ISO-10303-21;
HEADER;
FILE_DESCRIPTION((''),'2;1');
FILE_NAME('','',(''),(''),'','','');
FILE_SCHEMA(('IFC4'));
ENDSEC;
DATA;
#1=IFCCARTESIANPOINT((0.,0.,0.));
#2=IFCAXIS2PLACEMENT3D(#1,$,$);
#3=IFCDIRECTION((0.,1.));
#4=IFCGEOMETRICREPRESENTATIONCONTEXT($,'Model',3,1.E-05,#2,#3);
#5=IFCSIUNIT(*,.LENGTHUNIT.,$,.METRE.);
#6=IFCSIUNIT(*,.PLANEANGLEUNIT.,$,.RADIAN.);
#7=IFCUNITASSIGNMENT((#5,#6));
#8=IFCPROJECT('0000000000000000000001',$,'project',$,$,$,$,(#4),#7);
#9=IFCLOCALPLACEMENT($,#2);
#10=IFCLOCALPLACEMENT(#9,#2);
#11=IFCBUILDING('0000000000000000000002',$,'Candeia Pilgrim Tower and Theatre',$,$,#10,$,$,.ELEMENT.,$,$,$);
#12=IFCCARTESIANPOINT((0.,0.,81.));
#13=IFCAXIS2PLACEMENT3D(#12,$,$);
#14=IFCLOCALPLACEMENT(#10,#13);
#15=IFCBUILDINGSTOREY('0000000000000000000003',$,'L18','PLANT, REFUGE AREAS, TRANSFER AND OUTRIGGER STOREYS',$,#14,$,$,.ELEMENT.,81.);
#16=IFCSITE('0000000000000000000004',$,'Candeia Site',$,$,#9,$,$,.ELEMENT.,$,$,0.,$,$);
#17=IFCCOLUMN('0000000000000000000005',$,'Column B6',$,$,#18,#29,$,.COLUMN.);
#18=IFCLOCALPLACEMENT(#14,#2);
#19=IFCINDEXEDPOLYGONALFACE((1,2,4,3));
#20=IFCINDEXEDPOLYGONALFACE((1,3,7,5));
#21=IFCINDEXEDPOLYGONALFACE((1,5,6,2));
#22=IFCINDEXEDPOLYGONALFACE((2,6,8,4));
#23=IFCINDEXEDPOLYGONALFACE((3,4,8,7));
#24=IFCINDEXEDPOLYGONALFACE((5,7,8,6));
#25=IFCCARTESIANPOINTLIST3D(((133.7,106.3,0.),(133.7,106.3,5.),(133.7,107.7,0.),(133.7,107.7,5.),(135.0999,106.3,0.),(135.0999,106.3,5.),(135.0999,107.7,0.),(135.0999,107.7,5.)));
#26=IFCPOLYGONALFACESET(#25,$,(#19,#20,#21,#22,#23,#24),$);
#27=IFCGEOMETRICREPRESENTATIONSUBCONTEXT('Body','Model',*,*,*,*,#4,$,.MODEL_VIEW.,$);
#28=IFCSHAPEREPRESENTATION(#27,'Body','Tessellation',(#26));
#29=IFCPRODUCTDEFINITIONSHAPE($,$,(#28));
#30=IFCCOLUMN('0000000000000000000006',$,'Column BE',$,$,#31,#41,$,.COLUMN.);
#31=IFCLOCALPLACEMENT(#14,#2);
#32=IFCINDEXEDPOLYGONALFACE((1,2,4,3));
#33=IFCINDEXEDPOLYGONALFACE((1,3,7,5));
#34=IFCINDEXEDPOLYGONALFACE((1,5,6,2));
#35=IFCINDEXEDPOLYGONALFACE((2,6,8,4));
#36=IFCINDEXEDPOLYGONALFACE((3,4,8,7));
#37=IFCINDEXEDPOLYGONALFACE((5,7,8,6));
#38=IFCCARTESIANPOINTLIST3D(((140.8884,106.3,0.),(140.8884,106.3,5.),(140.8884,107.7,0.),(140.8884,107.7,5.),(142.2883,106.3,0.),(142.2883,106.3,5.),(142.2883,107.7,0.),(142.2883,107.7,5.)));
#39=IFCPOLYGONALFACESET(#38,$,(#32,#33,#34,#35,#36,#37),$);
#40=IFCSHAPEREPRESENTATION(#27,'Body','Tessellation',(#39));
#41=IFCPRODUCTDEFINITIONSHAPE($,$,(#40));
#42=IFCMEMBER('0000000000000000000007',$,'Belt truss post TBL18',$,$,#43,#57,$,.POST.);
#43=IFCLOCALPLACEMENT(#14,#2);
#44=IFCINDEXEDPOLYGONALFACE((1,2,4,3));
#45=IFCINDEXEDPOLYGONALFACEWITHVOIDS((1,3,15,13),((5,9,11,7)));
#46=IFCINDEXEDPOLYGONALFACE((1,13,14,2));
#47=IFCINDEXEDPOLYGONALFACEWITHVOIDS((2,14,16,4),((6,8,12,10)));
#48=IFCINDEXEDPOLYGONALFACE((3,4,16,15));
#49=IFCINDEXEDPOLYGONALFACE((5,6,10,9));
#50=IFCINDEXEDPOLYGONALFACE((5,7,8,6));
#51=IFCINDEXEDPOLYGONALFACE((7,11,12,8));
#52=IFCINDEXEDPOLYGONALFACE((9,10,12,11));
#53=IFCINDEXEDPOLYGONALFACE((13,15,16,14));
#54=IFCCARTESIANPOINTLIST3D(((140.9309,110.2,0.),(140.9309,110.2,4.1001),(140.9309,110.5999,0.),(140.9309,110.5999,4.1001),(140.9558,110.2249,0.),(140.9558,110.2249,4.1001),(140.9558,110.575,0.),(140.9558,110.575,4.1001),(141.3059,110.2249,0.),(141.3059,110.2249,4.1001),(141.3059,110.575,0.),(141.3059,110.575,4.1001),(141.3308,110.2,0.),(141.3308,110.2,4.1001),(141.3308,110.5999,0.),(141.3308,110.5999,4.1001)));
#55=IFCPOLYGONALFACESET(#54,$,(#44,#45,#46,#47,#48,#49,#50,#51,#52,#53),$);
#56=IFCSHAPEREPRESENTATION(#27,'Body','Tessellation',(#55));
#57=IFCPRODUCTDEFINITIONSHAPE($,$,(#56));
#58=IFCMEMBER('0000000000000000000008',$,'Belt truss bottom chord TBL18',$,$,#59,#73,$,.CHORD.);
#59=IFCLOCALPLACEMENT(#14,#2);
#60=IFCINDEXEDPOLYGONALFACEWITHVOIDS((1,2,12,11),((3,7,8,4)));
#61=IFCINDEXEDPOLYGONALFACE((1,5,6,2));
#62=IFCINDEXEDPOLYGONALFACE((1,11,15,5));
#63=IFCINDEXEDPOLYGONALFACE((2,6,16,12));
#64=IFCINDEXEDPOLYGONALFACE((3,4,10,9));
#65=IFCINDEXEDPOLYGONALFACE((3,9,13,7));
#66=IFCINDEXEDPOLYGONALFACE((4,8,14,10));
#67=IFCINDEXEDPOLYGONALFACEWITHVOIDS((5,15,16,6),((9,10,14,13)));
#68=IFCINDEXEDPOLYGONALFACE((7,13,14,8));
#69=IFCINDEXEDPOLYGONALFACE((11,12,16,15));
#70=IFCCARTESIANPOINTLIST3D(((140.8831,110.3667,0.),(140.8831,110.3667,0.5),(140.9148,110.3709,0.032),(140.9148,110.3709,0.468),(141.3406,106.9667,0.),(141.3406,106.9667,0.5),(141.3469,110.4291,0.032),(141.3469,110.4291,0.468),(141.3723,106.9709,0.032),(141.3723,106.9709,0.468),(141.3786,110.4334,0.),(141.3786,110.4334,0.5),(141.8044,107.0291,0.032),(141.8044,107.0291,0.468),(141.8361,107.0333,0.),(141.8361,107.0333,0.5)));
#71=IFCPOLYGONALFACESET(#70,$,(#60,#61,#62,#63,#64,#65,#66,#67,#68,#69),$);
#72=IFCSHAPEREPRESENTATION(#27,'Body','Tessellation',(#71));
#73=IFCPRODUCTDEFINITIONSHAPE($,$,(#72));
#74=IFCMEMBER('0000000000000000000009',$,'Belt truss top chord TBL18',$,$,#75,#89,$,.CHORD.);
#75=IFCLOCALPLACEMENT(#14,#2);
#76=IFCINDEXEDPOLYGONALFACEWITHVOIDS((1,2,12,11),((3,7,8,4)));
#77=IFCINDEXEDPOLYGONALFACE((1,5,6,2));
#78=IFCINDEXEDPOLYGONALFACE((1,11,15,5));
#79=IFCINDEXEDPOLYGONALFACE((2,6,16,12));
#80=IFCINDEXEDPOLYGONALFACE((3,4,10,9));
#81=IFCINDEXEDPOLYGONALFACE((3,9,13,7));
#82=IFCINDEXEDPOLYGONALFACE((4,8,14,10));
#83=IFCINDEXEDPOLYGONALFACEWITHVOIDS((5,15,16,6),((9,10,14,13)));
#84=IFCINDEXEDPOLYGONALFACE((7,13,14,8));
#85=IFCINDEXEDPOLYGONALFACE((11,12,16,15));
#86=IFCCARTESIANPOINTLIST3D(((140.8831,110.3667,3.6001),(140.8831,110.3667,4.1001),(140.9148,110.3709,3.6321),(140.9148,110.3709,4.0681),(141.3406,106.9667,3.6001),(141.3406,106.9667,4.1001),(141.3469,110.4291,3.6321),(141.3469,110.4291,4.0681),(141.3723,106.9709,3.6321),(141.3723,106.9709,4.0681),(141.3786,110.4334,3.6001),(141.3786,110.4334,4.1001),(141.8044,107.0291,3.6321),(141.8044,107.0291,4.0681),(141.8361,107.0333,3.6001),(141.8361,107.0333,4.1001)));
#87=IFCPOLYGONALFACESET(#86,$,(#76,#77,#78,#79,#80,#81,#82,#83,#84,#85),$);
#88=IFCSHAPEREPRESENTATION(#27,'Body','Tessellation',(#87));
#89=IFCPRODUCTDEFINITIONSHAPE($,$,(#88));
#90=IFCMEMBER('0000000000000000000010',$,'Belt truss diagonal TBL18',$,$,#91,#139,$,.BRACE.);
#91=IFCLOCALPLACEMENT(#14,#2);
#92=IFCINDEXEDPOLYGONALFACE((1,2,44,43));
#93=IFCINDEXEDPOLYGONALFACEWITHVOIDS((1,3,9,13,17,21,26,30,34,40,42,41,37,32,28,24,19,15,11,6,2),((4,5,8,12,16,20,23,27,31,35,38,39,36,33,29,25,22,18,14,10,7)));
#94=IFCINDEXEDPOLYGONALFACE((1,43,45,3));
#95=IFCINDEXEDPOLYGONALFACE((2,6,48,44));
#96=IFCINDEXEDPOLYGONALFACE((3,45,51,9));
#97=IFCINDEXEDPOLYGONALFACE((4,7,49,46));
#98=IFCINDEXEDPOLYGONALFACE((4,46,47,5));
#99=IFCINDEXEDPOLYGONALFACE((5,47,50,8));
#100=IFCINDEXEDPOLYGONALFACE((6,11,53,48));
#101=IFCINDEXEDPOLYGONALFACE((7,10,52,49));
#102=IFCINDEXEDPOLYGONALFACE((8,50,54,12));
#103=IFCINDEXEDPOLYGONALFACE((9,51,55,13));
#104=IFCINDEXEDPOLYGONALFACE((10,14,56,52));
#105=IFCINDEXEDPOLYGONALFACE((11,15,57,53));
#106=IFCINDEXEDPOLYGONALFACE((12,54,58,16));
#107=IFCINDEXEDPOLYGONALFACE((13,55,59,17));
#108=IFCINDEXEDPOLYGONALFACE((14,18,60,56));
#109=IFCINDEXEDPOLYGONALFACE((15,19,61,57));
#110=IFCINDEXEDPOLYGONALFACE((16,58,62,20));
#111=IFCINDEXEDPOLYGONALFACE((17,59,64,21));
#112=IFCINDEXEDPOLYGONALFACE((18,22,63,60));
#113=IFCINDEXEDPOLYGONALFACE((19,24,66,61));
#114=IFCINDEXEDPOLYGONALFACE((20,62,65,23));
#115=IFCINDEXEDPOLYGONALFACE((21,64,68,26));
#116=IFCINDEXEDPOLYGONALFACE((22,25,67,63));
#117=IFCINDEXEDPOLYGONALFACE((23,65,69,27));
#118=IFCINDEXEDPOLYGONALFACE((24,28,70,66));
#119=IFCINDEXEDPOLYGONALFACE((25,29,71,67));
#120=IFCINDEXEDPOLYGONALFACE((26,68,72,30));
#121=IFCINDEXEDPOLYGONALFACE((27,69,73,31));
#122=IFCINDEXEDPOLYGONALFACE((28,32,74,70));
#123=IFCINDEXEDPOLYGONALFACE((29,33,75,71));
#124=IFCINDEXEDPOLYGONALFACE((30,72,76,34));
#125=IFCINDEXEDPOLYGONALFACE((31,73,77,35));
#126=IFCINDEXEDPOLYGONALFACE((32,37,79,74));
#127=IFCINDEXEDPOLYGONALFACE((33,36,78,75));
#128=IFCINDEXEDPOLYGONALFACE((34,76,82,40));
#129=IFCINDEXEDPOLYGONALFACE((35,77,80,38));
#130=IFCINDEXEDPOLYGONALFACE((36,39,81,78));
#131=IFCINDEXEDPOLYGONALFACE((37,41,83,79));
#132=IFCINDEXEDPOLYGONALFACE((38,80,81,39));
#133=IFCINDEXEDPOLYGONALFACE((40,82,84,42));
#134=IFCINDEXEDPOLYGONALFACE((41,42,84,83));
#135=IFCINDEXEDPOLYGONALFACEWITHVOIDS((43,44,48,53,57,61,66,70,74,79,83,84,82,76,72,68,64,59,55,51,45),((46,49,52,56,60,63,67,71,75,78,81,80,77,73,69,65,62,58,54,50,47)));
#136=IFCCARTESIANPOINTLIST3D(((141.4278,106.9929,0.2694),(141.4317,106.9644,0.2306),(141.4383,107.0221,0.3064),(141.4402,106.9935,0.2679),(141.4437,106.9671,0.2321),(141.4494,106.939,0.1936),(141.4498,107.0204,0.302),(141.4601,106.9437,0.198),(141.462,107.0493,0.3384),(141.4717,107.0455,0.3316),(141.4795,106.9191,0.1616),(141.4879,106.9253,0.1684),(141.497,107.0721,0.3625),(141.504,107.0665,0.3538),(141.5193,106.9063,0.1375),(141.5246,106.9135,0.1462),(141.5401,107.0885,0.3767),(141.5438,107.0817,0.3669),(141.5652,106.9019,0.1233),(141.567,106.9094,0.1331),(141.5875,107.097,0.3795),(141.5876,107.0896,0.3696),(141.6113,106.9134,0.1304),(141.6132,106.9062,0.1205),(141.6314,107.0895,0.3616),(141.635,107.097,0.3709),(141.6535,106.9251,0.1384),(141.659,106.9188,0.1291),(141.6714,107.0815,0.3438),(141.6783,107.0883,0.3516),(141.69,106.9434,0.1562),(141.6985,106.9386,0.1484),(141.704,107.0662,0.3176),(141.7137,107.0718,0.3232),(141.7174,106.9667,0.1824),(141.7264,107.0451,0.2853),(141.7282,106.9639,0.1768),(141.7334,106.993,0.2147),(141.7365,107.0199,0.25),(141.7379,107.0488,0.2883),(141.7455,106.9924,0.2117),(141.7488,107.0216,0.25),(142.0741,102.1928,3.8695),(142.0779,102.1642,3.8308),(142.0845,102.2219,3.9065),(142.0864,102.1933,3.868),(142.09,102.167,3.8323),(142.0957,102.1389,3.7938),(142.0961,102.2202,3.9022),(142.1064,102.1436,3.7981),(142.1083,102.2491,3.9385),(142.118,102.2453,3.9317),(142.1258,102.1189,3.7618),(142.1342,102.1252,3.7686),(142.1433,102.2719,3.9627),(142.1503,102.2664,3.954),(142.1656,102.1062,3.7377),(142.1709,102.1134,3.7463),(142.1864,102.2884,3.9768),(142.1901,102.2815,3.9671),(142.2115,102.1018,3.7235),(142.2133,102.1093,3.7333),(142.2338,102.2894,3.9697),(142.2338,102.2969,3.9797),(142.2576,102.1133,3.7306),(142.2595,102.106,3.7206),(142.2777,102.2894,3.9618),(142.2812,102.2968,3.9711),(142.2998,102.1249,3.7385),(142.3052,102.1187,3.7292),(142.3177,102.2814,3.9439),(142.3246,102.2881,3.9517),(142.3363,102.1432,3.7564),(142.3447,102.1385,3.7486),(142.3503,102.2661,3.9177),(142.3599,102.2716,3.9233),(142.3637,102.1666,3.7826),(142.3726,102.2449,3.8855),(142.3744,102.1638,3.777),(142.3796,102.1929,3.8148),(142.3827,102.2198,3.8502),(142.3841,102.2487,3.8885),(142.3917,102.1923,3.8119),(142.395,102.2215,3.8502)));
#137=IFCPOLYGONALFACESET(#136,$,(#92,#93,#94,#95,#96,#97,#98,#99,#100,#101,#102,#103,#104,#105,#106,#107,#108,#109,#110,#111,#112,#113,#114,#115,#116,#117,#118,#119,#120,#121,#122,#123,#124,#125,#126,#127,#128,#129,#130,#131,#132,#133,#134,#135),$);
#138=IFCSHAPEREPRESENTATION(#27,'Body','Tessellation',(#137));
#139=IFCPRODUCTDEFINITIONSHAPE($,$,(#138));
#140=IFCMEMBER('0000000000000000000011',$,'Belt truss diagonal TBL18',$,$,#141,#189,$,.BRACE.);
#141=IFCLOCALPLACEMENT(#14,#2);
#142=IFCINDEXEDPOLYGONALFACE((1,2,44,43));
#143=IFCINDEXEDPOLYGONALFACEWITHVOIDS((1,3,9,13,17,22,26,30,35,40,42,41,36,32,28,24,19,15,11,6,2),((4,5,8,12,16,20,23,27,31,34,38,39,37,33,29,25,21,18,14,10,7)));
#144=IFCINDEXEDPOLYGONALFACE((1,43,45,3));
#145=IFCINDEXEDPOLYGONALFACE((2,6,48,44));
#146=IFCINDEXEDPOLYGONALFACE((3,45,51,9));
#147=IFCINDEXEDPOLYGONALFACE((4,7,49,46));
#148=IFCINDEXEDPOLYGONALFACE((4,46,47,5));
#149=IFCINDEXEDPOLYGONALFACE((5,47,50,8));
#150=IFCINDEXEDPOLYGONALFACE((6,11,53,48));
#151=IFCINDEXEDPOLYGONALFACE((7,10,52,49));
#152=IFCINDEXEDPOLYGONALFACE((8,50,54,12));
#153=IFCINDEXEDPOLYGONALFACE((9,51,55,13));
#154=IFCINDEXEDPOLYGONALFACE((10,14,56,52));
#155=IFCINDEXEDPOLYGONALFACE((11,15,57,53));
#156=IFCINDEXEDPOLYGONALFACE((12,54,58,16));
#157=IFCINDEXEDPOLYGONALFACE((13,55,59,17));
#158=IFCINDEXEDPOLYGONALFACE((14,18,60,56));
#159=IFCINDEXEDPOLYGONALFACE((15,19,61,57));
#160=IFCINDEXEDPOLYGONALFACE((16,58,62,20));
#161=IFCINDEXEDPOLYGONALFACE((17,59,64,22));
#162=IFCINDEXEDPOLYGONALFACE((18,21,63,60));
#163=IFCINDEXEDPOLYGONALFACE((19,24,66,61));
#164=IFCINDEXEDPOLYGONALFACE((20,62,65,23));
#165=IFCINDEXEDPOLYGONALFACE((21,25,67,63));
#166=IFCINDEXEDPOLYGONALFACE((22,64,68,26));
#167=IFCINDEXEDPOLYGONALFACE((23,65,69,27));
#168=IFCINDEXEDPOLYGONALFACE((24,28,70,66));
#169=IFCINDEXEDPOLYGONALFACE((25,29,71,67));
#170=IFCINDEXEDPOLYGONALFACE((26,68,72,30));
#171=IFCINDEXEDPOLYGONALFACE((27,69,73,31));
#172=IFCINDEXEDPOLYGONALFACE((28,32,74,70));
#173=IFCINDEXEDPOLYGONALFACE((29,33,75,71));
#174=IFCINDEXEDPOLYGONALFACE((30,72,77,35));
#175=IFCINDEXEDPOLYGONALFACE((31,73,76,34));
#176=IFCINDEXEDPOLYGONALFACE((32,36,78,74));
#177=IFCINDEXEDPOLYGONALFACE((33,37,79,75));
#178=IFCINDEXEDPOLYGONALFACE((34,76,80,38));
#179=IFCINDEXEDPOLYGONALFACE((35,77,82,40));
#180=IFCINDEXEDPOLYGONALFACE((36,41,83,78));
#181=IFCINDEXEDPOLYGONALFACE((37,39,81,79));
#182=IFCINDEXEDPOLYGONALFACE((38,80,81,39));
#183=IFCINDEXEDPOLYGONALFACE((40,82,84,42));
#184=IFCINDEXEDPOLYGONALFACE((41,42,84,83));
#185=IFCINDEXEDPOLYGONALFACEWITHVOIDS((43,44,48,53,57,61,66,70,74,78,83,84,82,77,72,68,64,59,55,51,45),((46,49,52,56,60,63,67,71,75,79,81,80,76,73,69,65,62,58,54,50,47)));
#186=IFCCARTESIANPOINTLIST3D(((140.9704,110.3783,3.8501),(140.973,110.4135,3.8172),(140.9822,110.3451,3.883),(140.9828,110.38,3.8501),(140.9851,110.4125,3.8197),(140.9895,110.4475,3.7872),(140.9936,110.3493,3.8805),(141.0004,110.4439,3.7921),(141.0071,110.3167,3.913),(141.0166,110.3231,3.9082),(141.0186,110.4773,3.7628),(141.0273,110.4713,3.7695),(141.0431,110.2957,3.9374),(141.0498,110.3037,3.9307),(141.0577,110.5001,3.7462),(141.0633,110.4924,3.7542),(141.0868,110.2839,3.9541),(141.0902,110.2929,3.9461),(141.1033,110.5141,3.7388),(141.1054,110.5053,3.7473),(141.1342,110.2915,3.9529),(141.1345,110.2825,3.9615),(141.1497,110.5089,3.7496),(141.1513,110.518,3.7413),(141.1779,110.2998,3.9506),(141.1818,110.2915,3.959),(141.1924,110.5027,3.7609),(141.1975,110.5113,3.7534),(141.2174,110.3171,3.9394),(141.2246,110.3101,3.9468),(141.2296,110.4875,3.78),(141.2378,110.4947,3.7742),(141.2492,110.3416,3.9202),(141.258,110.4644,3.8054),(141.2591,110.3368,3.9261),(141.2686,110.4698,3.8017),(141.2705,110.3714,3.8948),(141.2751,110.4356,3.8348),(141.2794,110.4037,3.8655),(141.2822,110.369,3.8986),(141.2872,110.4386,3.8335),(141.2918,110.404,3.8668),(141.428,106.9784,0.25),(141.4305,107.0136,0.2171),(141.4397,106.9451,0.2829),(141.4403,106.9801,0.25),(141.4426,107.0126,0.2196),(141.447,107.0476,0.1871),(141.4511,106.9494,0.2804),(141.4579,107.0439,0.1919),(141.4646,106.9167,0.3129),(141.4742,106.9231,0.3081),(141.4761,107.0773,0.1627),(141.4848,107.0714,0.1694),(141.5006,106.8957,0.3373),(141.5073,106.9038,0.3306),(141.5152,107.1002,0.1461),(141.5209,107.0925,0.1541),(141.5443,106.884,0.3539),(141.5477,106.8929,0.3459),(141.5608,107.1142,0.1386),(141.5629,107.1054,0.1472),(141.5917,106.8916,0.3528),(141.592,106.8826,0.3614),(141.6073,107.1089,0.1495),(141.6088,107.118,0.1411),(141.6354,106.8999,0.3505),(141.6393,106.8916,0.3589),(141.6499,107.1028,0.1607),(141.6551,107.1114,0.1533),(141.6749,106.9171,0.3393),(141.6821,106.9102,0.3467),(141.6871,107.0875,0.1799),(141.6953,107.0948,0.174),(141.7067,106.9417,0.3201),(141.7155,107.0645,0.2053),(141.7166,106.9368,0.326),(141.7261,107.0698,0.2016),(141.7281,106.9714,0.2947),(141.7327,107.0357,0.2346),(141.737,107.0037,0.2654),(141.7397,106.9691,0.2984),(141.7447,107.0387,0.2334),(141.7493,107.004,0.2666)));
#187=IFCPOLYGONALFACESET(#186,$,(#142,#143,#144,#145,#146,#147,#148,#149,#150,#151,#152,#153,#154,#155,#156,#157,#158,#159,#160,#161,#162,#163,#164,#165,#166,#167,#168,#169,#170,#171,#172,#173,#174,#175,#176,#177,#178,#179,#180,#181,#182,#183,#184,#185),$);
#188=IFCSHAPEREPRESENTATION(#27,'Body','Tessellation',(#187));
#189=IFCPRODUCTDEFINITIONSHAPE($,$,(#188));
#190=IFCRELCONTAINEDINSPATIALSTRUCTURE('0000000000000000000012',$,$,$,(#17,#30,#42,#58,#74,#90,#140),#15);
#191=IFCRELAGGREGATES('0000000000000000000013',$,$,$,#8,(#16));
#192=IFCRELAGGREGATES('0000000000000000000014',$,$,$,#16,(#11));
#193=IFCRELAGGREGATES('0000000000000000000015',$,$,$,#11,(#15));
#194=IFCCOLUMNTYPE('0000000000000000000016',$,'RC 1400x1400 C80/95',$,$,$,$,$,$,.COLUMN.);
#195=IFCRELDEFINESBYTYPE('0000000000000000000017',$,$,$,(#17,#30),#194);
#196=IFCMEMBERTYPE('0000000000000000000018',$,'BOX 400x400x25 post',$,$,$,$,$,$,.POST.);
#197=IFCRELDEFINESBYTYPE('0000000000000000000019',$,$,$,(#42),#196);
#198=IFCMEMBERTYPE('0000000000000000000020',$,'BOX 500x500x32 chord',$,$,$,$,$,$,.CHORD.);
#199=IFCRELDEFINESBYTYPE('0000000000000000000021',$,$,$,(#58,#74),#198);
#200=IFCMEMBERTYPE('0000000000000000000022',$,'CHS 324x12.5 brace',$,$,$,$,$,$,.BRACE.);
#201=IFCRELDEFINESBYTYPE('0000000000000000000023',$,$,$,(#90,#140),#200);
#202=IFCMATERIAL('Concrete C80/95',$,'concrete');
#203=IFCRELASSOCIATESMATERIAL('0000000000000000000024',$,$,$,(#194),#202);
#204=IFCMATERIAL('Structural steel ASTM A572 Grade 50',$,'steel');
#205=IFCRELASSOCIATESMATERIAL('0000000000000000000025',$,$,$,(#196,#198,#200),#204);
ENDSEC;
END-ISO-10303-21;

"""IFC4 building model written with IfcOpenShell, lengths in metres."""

from ifc_helpers import new_model, si_unit, direction, frame, origin, origin_2d, place, context, subcontext, project, spatial, rectangle, hollow_rectangle, hollow_circle, extrude, material, material_profile, profile_set, type_object, element, save


model = new_model("IFC4")

# Units and contexts
model_context = context("Model", 3, precision=1e-05, world=origin(), true_north=direction((0.0, 1.0)))
body_context = subcontext(model_context, "Body", "Model", "MODEL_VIEW")
ifc_project = project(units=[si_unit("LENGTHUNIT", "METRE"), si_unit("PLANEANGLEUNIT", "RADIAN")], contexts=[model_context])

# Site, building, storey
site_placement = place(None, origin())
site = spatial("IfcSite", under=ifc_project, at=site_placement, Name="Candeia Site", CompositionType="ELEMENT", RefElevation=0.0)
building_placement = place(site_placement, origin())
building = spatial("IfcBuilding", under=site, at=building_placement, Name="Candeia Pilgrim Tower and Theatre", CompositionType="ELEMENT")
storey_placement = place(building_placement, frame((0.0, 0.0, 81.0)))
storey = spatial("IfcBuildingStorey", under=building, at=storey_placement, Name="L18", Description="PLANT, REFUGE AREAS, TRANSFER AND OUTRIGGER STOREYS", CompositionType="ELEMENT", Elevation=81.0)

# Columns
ifc_material_1 = material(Name="Concrete C80/95", Category="concrete")
ifc_material_profile_1 = material_profile(ifc_material_1, rectangle(XDim=1.3999, YDim=1.3999, at=origin_2d()))
ifc_profile_set_1 = profile_set([ifc_material_profile_1], Name="Concrete C80/95")
column_type = type_object("IfcColumnType", Name="RC 1400x1400 C80/95", PredefinedType="COLUMN", material=ifc_profile_set_1)
for number, where, z_axis, x_axis, name in (
    (1, (134.3999, 107.0, 0.0), (0.0, 0.0, 1.0), (1.0, 0.0, 0.0), "Column B6"),
    (2, (141.5884, 107.0, 0.0), (0.0, 0.0, 1.0), (1.0, 0.0, 0.0), "Column BE"),
):
    element("IfcColumn", number, at=place(storey_placement, frame(where, z_axis=z_axis, x_axis=x_axis)), inside=storey, type_object=column_type, Name=name, PredefinedType="COLUMN", context=body_context, shape_type="SweptSolid", body=[
        extrude(rectangle(XDim=1.3999, YDim=1.3999, at=origin_2d()), origin(), (0.0, 0.0, 1.0), 5.0),
    ])

# Members
ifc_material_2 = material(Name="Structural steel ASTM A572 Grade 50", Category="steel")
ifc_material_profile_2 = material_profile(ifc_material_2, hollow_rectangle(XDim=0.3999, YDim=0.3999, WallThickness=0.0249, at=origin_2d()))
ifc_profile_set_2 = profile_set([ifc_material_profile_2], Name="Structural steel ASTM A572 Grade 50")
member_type_1 = type_object("IfcMemberType", Name="BOX 400x400x25 post", PredefinedType="POST", material=ifc_profile_set_2)
member_1_placement = place(storey_placement, frame((141.1309, 110.3999, 0.0), z_axis=(0.0, 0.0, 1.0), x_axis=(1.0, 0.0, 0.0)))
element("IfcMember", 3, at=member_1_placement, inside=storey, type_object=member_type_1, Name="Belt truss post TBL18", PredefinedType="POST", context=body_context, shape_type="SweptSolid", body=[
    extrude(hollow_rectangle(XDim=0.3999, YDim=0.3999, WallThickness=0.0249, at=origin_2d()), origin(), (0.0, 0.0, 1.0), 4.1001),
])
ifc_material_profile_3 = material_profile(ifc_material_2, hollow_rectangle(XDim=0.5, YDim=0.5, WallThickness=0.032, at=origin_2d()))
ifc_profile_set_3 = profile_set([ifc_material_profile_3], Name="Structural steel ASTM A572 Grade 50")
member_type_2 = type_object("IfcMemberType", Name="BOX 500x500x32 chord", PredefinedType="CHORD", material=ifc_profile_set_3)
for number, where, z_axis, x_axis, name in (
    (4, (141.5884, 107.0, 0.25), (-0.133366, 0.991067, 0.0), (-0.991067, -0.133366, 0.0), "Belt truss bottom chord TBL18"),
    (5, (141.5884, 107.0, 3.8501), (-0.133366, 0.991067, 0.0), (-0.991067, -0.133366, 0.0), "Belt truss top chord TBL18"),
):
    element("IfcMember", number, at=place(storey_placement, frame(where, z_axis=z_axis, x_axis=x_axis)), inside=storey, type_object=member_type_2, Name=name, PredefinedType="CHORD", context=body_context, shape_type="SweptSolid", body=[
        extrude(hollow_rectangle(XDim=0.5, YDim=0.5, WallThickness=0.032, at=origin_2d()), origin(), (0.0, 0.0, 1.0), 3.4307),
    ])
ifc_material_profile_4 = material_profile(ifc_material_2, hollow_circle(Radius=0.1619, WallThickness=0.0125, at=origin_2d()))
ifc_profile_set_4 = profile_set([ifc_material_profile_4], Name="Structural steel ASTM A572 Grade 50")
member_type_3 = type_object("IfcMemberType", Name="CHS 324x12.5 brace", PredefinedType="BRACE", material=ifc_profile_set_4)
member_2_placement = place(storey_placement, frame((141.5884, 107.0, 0.25), z_axis=(0.107086, -0.795395, 0.596556), x_axis=(0.991058, 0.133428, 0.0)))
element("IfcMember", 6, at=member_2_placement, inside=storey, type_object=member_type_3, Name="Belt truss diagonal TBL18", PredefinedType="BRACE", context=body_context, shape_type="SweptSolid", body=[
    extrude(hollow_circle(Radius=0.1619, WallThickness=0.0125, at=origin_2d()), origin(), (0.0, 0.0, 1.0), 6.0349),
])
member_3_placement = place(storey_placement, frame((141.5884, 107.0, 0.25), z_axis=(-0.092003, 0.683691, 0.723949), x_axis=(-0.991067, -0.133366, 0.0)))
element("IfcMember", 7, at=member_3_placement, inside=storey, type_object=member_type_3, Name="Belt truss diagonal TBL18", PredefinedType="BRACE", context=body_context, shape_type="SweptSolid", body=[
    extrude(hollow_circle(Radius=0.1619, WallThickness=0.0125, at=origin_2d()), origin(), (0.0, 0.0, 1.0), 4.9729),
])

save(model, "model.ifc")
